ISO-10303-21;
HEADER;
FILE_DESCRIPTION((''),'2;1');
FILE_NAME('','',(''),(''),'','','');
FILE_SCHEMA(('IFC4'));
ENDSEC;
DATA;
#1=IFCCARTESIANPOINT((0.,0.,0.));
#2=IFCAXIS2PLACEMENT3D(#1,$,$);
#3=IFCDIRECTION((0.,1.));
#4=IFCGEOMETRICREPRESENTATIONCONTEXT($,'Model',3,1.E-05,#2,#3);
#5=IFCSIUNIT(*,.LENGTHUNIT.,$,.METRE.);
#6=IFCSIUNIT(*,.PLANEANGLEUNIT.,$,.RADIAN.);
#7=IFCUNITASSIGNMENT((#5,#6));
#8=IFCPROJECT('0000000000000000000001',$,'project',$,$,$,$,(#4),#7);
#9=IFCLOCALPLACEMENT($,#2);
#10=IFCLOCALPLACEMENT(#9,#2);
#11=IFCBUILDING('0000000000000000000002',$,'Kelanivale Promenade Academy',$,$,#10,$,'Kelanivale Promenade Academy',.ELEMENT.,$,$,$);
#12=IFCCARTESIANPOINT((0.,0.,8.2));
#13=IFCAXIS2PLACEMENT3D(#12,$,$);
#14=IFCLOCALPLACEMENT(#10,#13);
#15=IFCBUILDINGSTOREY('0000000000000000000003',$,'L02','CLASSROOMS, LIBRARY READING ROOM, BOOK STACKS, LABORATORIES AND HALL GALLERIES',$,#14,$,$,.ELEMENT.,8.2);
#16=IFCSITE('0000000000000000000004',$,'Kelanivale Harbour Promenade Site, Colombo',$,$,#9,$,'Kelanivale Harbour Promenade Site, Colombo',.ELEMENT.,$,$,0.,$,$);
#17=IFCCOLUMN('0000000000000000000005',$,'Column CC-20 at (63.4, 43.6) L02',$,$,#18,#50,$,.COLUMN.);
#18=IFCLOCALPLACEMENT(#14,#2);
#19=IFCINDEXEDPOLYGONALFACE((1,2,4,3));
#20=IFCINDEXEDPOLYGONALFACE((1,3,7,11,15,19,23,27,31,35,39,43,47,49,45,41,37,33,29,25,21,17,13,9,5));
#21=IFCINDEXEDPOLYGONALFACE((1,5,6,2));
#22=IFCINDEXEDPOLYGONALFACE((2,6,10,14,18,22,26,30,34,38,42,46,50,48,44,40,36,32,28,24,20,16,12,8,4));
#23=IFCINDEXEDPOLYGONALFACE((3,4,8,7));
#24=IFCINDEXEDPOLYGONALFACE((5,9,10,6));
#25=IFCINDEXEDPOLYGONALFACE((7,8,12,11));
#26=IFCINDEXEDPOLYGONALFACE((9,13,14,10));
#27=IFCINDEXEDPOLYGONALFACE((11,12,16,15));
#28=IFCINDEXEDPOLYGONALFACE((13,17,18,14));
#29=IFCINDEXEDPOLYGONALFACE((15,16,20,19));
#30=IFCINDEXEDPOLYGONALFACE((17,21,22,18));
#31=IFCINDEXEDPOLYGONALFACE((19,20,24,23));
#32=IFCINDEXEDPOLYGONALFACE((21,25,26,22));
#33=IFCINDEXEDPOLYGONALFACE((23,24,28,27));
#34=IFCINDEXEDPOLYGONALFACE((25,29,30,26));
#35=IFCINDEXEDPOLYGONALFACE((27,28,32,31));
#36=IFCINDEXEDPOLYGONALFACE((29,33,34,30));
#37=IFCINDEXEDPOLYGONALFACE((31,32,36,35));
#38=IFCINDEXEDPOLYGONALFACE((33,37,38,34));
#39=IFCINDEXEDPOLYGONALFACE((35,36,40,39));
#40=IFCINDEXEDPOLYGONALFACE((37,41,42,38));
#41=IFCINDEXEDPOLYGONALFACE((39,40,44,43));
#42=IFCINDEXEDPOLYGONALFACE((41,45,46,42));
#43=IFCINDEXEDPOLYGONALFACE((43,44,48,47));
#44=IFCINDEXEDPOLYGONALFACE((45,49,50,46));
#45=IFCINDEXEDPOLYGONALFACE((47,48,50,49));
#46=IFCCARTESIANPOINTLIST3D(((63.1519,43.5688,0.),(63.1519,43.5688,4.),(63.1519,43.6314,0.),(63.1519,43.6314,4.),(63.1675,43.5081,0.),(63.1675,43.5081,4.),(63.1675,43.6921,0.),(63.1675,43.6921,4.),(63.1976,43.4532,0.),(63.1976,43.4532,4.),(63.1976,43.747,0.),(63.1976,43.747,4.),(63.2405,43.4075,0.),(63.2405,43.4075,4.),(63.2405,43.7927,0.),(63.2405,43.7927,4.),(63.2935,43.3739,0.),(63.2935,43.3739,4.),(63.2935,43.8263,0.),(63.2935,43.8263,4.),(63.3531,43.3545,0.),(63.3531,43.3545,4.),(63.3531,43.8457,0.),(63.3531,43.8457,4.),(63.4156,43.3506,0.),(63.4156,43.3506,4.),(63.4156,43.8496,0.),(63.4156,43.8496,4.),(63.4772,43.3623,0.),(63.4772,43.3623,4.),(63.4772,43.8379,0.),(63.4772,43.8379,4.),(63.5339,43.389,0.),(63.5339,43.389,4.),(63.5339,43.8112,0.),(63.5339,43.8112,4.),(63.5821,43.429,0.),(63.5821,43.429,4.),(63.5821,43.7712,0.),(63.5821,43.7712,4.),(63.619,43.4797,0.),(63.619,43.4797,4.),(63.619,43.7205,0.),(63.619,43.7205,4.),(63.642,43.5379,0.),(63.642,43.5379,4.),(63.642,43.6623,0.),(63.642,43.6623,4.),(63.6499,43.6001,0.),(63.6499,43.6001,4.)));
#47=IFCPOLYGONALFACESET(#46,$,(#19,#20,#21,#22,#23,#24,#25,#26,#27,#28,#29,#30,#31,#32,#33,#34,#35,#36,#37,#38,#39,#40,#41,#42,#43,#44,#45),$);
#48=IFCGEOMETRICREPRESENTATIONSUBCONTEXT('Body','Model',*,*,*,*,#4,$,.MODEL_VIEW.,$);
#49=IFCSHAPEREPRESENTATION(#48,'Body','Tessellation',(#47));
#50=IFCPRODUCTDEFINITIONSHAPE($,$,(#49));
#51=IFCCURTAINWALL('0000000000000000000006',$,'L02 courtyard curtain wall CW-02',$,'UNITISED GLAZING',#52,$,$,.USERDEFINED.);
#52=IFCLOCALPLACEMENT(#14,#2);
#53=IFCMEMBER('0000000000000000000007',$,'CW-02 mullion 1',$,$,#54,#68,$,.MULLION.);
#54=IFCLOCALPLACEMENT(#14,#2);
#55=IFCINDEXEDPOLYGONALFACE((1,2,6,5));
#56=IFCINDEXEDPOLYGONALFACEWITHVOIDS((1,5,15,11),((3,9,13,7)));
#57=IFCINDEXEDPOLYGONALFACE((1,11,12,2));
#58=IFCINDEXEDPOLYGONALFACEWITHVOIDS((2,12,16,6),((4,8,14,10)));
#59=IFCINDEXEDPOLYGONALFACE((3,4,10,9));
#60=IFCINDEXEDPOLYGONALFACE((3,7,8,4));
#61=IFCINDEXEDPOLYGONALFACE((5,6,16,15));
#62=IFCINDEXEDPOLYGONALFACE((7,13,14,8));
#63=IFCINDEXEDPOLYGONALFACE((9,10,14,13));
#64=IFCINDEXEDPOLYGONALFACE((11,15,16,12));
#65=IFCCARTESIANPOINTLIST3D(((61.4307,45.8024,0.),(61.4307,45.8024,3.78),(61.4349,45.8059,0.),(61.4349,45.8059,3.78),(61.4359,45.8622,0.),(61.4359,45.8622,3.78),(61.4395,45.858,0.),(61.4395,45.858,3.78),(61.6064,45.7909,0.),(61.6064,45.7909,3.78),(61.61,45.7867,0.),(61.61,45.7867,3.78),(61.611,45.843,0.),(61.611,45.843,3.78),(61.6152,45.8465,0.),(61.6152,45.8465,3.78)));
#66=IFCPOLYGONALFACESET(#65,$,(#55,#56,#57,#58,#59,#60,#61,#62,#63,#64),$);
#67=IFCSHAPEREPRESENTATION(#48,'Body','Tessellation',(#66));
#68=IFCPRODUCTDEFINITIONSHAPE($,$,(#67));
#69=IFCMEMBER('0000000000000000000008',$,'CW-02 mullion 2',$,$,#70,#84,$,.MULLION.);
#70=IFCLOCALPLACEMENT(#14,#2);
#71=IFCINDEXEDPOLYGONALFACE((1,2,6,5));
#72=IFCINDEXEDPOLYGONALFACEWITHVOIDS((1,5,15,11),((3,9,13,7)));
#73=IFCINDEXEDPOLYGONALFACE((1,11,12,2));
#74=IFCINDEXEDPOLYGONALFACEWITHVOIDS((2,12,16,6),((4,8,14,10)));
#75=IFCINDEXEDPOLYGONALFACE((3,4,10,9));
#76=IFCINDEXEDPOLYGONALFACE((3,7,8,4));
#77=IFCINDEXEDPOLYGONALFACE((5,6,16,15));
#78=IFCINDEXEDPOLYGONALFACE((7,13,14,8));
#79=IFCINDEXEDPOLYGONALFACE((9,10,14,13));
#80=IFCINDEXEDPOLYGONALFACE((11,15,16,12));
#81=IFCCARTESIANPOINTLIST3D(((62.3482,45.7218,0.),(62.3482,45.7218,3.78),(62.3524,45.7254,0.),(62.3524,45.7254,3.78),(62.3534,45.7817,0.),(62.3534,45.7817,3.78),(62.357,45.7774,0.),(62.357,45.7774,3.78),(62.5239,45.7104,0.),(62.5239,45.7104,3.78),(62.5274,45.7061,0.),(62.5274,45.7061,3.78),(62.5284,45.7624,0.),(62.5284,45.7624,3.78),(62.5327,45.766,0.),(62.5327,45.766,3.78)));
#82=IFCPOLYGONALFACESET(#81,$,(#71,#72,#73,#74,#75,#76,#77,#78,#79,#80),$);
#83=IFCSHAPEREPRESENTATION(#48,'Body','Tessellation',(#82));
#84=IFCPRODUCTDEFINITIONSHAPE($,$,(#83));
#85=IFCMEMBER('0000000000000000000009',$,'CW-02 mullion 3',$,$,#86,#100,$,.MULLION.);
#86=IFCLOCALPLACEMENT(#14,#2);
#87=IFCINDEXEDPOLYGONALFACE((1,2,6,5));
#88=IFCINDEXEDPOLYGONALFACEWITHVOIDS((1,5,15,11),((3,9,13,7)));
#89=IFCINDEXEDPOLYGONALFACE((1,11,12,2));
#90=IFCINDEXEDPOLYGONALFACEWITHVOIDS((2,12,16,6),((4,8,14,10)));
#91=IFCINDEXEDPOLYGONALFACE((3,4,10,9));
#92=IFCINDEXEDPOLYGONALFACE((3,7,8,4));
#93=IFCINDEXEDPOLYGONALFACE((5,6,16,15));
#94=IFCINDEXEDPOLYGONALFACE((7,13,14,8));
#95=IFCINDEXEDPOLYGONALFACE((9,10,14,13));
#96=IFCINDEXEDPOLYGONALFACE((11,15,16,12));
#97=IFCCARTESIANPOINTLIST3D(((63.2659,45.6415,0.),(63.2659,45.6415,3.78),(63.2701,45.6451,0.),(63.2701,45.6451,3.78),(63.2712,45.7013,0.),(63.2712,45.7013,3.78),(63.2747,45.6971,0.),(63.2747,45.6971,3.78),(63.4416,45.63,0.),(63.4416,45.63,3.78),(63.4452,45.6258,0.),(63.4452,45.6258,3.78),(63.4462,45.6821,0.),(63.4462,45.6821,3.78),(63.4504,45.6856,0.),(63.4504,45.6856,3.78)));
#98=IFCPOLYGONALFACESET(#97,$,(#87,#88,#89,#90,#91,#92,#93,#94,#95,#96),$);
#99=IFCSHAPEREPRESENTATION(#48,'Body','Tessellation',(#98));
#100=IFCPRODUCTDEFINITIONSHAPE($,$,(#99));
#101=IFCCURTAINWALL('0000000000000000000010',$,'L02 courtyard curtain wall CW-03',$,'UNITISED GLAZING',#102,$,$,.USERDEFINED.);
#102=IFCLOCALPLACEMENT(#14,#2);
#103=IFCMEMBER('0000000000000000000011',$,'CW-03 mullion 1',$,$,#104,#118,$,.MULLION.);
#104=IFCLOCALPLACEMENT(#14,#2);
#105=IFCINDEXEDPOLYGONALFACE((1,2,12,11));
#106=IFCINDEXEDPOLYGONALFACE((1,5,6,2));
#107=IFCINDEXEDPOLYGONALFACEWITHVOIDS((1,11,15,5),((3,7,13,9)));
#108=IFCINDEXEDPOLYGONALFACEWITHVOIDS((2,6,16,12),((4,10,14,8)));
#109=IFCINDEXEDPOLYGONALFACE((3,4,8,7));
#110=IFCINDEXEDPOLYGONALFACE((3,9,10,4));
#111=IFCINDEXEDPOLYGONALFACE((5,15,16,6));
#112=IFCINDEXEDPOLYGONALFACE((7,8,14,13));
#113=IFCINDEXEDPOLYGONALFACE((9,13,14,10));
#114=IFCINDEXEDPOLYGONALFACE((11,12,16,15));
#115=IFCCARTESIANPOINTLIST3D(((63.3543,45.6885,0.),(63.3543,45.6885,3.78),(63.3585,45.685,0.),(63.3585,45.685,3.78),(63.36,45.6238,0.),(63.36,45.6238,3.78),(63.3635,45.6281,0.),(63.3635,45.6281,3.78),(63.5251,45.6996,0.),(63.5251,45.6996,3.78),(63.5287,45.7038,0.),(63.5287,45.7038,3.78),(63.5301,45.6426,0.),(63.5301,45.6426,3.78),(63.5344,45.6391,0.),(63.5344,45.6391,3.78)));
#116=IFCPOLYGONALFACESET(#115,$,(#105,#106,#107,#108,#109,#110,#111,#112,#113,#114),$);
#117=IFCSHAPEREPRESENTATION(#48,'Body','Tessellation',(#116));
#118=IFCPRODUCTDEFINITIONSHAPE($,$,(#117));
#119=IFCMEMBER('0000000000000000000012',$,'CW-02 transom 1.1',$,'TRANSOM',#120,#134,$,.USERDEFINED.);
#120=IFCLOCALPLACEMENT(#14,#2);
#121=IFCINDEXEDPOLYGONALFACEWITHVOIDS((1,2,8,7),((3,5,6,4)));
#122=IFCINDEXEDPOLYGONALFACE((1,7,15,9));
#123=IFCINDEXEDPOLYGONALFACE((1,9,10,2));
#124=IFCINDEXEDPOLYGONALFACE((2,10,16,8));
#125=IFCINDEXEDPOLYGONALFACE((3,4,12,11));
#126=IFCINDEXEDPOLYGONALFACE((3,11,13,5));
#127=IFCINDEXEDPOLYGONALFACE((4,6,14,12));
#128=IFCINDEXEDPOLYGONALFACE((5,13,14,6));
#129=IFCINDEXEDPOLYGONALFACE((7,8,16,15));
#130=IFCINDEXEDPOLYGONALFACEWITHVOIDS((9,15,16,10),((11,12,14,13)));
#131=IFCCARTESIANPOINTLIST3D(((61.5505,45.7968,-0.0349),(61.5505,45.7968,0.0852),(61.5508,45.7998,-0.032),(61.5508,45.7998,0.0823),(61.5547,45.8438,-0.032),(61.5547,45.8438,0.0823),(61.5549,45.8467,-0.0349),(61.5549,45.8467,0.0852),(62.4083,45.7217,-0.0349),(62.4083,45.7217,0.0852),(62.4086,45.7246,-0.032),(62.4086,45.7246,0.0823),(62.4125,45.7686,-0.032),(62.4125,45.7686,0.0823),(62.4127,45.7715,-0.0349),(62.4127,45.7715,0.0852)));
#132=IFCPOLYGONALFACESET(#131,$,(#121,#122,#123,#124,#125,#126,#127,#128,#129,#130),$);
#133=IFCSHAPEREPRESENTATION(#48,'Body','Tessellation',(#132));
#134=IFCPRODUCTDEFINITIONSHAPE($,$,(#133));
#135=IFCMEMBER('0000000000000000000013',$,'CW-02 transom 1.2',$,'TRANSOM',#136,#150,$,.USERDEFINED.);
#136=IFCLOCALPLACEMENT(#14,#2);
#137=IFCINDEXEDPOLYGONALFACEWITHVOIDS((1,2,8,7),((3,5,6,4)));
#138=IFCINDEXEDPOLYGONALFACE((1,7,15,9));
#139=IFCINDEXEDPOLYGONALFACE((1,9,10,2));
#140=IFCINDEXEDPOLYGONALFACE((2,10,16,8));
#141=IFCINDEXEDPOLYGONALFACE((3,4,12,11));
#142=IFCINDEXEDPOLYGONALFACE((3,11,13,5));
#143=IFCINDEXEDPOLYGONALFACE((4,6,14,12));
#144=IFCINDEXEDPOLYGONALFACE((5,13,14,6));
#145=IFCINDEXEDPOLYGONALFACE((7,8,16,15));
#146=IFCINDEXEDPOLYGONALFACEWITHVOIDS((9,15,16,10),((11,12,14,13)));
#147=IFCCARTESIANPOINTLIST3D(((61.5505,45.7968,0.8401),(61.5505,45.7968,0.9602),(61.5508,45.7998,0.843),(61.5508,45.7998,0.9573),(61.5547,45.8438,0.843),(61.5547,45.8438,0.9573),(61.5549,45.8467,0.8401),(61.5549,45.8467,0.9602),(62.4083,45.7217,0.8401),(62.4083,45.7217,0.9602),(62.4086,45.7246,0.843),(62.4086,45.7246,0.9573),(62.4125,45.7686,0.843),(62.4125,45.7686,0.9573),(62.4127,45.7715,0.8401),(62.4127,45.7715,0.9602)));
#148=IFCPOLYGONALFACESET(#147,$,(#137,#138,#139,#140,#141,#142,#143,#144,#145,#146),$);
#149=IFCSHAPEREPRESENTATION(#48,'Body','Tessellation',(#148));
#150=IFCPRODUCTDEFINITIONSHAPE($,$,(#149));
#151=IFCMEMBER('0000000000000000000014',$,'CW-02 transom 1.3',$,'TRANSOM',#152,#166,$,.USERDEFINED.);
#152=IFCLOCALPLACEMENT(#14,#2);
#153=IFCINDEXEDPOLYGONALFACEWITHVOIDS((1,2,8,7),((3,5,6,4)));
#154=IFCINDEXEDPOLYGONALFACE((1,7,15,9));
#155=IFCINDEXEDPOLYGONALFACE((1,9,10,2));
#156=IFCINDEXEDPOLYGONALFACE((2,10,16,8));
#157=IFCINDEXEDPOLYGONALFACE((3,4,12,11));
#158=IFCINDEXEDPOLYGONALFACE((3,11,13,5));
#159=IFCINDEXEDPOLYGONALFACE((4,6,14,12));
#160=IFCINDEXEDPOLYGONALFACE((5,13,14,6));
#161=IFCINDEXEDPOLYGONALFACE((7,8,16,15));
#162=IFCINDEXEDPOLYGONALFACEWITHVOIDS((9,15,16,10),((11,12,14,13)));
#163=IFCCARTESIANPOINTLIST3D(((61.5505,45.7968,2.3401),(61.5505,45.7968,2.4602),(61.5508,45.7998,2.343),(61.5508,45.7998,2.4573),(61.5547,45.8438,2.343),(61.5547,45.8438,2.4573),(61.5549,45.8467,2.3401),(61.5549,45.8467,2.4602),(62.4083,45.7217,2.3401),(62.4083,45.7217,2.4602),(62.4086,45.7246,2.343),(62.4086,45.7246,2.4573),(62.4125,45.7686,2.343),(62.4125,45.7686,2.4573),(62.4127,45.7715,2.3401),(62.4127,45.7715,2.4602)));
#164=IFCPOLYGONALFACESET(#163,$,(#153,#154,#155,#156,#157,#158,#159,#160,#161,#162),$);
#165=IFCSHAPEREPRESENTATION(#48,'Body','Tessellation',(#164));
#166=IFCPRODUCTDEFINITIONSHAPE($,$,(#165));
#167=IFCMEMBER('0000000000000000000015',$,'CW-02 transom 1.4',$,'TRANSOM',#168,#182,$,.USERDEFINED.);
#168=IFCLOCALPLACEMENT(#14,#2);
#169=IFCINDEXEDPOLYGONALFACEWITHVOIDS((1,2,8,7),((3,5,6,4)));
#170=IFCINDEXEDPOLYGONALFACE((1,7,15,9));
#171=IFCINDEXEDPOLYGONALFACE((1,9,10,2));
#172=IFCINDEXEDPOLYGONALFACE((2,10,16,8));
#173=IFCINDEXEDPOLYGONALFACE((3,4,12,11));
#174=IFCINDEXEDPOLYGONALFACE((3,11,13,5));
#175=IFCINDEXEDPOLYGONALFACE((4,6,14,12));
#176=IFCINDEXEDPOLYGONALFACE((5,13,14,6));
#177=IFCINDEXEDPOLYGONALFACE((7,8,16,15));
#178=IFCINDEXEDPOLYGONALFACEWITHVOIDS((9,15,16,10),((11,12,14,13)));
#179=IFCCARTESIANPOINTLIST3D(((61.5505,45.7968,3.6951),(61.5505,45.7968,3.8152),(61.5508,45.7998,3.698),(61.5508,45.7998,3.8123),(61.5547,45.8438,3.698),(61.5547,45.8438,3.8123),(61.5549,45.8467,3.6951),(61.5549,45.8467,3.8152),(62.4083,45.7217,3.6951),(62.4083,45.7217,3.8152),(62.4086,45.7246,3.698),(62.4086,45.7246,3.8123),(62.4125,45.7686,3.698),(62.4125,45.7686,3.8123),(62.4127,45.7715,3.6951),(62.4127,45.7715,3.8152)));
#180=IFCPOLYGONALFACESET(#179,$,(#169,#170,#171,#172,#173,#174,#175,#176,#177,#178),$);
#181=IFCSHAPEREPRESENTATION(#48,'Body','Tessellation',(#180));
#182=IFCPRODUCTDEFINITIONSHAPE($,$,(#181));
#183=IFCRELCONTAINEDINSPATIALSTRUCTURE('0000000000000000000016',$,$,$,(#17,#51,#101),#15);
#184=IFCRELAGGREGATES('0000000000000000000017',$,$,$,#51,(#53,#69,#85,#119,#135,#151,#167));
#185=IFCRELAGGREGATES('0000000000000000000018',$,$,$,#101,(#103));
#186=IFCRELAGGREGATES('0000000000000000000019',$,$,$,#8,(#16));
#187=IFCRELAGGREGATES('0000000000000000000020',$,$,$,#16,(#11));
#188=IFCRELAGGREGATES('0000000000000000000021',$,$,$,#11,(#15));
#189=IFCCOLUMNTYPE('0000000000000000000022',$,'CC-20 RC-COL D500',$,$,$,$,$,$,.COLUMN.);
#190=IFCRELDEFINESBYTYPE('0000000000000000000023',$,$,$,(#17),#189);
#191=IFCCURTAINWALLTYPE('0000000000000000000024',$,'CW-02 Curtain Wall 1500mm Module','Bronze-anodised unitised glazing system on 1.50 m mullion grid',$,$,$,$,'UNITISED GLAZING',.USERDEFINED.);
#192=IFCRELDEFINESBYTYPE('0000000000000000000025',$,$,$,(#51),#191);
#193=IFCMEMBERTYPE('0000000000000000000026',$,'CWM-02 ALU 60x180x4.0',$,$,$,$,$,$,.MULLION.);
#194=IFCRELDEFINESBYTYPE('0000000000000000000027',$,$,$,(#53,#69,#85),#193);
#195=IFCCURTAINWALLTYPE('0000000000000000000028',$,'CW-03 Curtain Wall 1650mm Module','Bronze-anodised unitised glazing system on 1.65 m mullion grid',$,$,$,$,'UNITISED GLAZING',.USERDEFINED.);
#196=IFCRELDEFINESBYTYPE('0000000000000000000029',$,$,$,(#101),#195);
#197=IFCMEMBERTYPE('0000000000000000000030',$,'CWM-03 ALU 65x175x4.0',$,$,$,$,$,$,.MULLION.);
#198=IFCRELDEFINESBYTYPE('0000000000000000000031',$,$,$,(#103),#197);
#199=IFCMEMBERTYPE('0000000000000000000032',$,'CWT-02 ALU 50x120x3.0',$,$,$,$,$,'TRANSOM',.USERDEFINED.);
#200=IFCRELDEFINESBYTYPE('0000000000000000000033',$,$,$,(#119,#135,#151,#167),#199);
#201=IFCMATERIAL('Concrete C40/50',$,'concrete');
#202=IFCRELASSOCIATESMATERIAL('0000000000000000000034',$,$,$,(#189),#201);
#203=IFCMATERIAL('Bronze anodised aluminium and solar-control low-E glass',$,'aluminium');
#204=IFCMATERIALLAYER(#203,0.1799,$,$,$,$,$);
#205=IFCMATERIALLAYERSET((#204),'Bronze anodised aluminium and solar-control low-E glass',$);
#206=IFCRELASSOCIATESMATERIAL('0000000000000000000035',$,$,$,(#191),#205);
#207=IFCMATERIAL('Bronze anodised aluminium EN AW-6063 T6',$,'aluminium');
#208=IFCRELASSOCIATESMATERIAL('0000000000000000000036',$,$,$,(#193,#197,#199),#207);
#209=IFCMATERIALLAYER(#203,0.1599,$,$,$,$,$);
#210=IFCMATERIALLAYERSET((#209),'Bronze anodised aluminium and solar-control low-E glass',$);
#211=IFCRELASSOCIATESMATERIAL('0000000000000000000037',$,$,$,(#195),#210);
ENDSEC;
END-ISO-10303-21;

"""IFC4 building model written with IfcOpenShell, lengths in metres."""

from ifc_helpers import new_model, si_unit, direction, frame, origin, origin_2d, place, context, subcontext, project, spatial, hollow_rectangle, circle, extrude, material, layer, layer_set, material_profile, profile_set, type_object, element, aggregate, save


model = new_model("IFC4")

# Units and contexts
model_context = context("Model", 3, precision=1e-05, world=origin(), true_north=direction((0.0, 1.0)))
body_context = subcontext(model_context, "Body", "Model", "MODEL_VIEW")
ifc_project = project(units=[si_unit("LENGTHUNIT", "METRE"), si_unit("PLANEANGLEUNIT", "RADIAN")], contexts=[model_context])

# Site, building, storey
site_placement = place(None, origin())
site = spatial("IfcSite", under=ifc_project, at=site_placement, Name="Kelanivale Harbour Promenade Site, Colombo", LongName="Kelanivale Harbour Promenade Site, Colombo", CompositionType="ELEMENT", RefElevation=0.0)
building_placement = place(site_placement, origin())
building = spatial("IfcBuilding", under=site, at=building_placement, Name="Kelanivale Promenade Academy", LongName="Kelanivale Promenade Academy", CompositionType="ELEMENT")
storey_placement = place(building_placement, frame((0.0, 0.0, 8.2)))
storey = spatial("IfcBuildingStorey", under=building, at=storey_placement, Name="L02", Description="CLASSROOMS, LIBRARY READING ROOM, BOOK STACKS, LABORATORIES AND HALL GALLERIES", CompositionType="ELEMENT", Elevation=8.2)

# Column
ifc_material_1 = material(Name="Concrete C40/50", Category="concrete")
ifc_material_profile_1 = material_profile(ifc_material_1, circle(Radius=0.25, at=origin_2d()), Name="RC-COL D500")
ifc_profile_set_1 = profile_set([ifc_material_profile_1], Name="Concrete C40/50")
column_type = type_object("IfcColumnType", Name="CC-20 RC-COL D500", PredefinedType="COLUMN", material=ifc_profile_set_1)
column_placement = place(storey_placement, frame((63.3999, 43.6001, 0.0), z_axis=(0.0, 0.0, 1.0), x_axis=(1.0, 0.0, 0.0)))
element("IfcColumn", 1, at=column_placement, inside=storey, type_object=column_type, Name="Column CC-20 at (63.4, 43.6) L02", PredefinedType="COLUMN", context=body_context, shape_type="SweptSolid", body=[
    extrude(circle(Radius=0.25, at=origin_2d()), origin(), (0.0, 0.0, 1.0), 4.0),
])

# Curtain wall, members
ifc_material_2 = material(Name="Bronze anodised aluminium and solar-control low-E glass", Category="aluminium")
ifc_layer_1 = layer(ifc_material_2, 0.1799)
ifc_layer_set_1 = layer_set([ifc_layer_1], Name="Bronze anodised aluminium and solar-control low-E glass")
curtain_wall_type_1 = type_object("IfcCurtainWallType", Name="CW-02 Curtain Wall 1500mm Module", Description="Bronze-anodised unitised glazing system on 1.50 m mullion grid", ElementType="UNITISED GLAZING", PredefinedType="USERDEFINED", material=ifc_layer_set_1)
curtain_wall_1_placement = place(storey_placement, origin())
curtain_wall_1 = element("IfcCurtainWall", 2, at=curtain_wall_1_placement, inside=storey, type_object=curtain_wall_type_1, Name="L02 courtyard curtain wall CW-02", ObjectType="UNITISED GLAZING", PredefinedType="USERDEFINED")
ifc_material_3 = material(Name="Bronze anodised aluminium EN AW-6063 T6", Category="aluminium")
ifc_material_profile_2 = material_profile(ifc_material_3, hollow_rectangle(XDim=0.0601, YDim=0.1799, WallThickness=0.0039, at=origin_2d()), Name="ALU 60x180x4.0")
ifc_profile_set_2 = profile_set([ifc_material_profile_2], Name="Bronze anodised aluminium EN AW-6063 T6")
member_type_1 = type_object("IfcMemberType", Name="CWM-02 ALU 60x180x4.0", PredefinedType="MULLION", material=ifc_profile_set_2)
member_1_placement = place(storey_placement, frame((61.5229, 45.8245, 0.0), z_axis=(0.0, 0.0, 1.0), x_axis=(0.087265, 0.996185, 0.0)))
member_1 = element("IfcMember", 3, at=member_1_placement, type_object=member_type_1, Name="CW-02 mullion 1", PredefinedType="MULLION", context=body_context, shape_type="SweptSolid", body=[
    extrude(hollow_rectangle(XDim=0.0601, YDim=0.1799, WallThickness=0.0039, at=origin_2d()), origin(), (0.0, 0.0, 1.0), 3.78),
])
member_2_placement = place(storey_placement, frame((62.4404, 45.7439, 0.0), z_axis=(0.0, 0.0, 1.0), x_axis=(0.087265, 0.996185, 0.0)))
member_2 = element("IfcMember", 4, at=member_2_placement, type_object=member_type_1, Name="CW-02 mullion 2", PredefinedType="MULLION", context=body_context, shape_type="SweptSolid", body=[
    extrude(hollow_rectangle(XDim=0.0601, YDim=0.1799, WallThickness=0.0039, at=origin_2d()), origin(), (0.0, 0.0, 1.0), 3.78),
])
member_3_placement = place(storey_placement, frame((63.3582, 45.6636, 0.0), z_axis=(0.0, 0.0, 1.0), x_axis=(0.087265, 0.996185, 0.0)))
member_3 = element("IfcMember", 5, at=member_3_placement, type_object=member_type_1, Name="CW-02 mullion 3", PredefinedType="MULLION", context=body_context, shape_type="SweptSolid", body=[
    extrude(hollow_rectangle(XDim=0.0601, YDim=0.1799, WallThickness=0.0039, at=origin_2d()), origin(), (0.0, 0.0, 1.0), 3.78),
])

# Curtain wall, member
ifc_layer_2 = layer(ifc_material_2, 0.1599)
ifc_layer_set_2 = layer_set([ifc_layer_2], Name="Bronze anodised aluminium and solar-control low-E glass")
curtain_wall_type_2 = type_object("IfcCurtainWallType", Name="CW-03 Curtain Wall 1650mm Module", Description="Bronze-anodised unitised glazing system on 1.65 m mullion grid", ElementType="UNITISED GLAZING", PredefinedType="USERDEFINED", material=ifc_layer_set_2)
curtain_wall_2_placement = place(storey_placement, origin())
curtain_wall_2 = element("IfcCurtainWall", 6, at=curtain_wall_2_placement, inside=storey, type_object=curtain_wall_type_2, Name="L02 courtyard curtain wall CW-03", ObjectType="UNITISED GLAZING", PredefinedType="USERDEFINED")
ifc_material_profile_3 = material_profile(ifc_material_3, hollow_rectangle(XDim=0.0649, YDim=0.175, WallThickness=0.0039, at=origin_2d()), Name="ALU 65x175x4.0")
ifc_profile_set_3 = profile_set([ifc_material_profile_3], Name="Bronze anodised aluminium EN AW-6063 T6")
member_type_2 = type_object("IfcMemberType", Name="CWM-03 ALU 65x175x4.0", PredefinedType="MULLION", material=ifc_profile_set_3)
member_4_placement = place(storey_placement, frame((63.4443, 45.6638, 0.0), z_axis=(0.0, 0.0, 1.0), x_axis=(-0.087102, 0.996199, 0.0)))
member_4 = element("IfcMember", 7, at=member_4_placement, type_object=member_type_2, Name="CW-03 mullion 1", PredefinedType="MULLION", context=body_context, shape_type="SweptSolid", body=[
    extrude(hollow_rectangle(XDim=0.0649, YDim=0.175, WallThickness=0.0039, at=origin_2d()), origin(), (0.0, 0.0, 1.0), 3.78),
])

# Members
ifc_material_profile_4 = material_profile(ifc_material_3, hollow_rectangle(XDim=0.05, YDim=0.1201, WallThickness=0.0029, at=origin_2d()), Name="ALU 50x120x3.0")
ifc_profile_set_4 = profile_set([ifc_material_profile_4], Name="Bronze anodised aluminium EN AW-6063 T6")
member_type_3 = type_object("IfcMemberType", Name="CWT-02 ALU 50x120x3.0", ElementType="TRANSOM", PredefinedType="USERDEFINED", material=ifc_profile_set_4)
member_5_placement = place(storey_placement, frame((61.5527, 45.8218, 0.0251), z_axis=(0.996181, -0.087315, 0.0), x_axis=(0.087315, 0.996181, 0.0)))
member_5 = element("IfcMember", 8, at=member_5_placement, type_object=member_type_3, Name="CW-02 transom 1.1", ObjectType="TRANSOM", PredefinedType="USERDEFINED", context=body_context, shape_type="SweptSolid", body=[
    extrude(hollow_rectangle(XDim=0.05, YDim=0.1201, WallThickness=0.0029, at=origin_2d()), origin(), (0.0, 0.0, 1.0), 0.8611),
])
member_6_placement = place(storey_placement, frame((61.5527, 45.8218, 0.9001), z_axis=(0.996181, -0.087315, 0.0), x_axis=(0.087315, 0.996181, 0.0)))
member_6 = element("IfcMember", 9, at=member_6_placement, type_object=member_type_3, Name="CW-02 transom 1.2", ObjectType="TRANSOM", PredefinedType="USERDEFINED", context=body_context, shape_type="SweptSolid", body=[
    extrude(hollow_rectangle(XDim=0.05, YDim=0.1201, WallThickness=0.0029, at=origin_2d()), origin(), (0.0, 0.0, 1.0), 0.8611),
])
member_7_placement = place(storey_placement, frame((61.5527, 45.8218, 2.4001), z_axis=(0.996181, -0.087315, 0.0), x_axis=(0.087315, 0.996181, 0.0)))
member_7 = element("IfcMember", 10, at=member_7_placement, type_object=member_type_3, Name="CW-02 transom 1.3", ObjectType="TRANSOM", PredefinedType="USERDEFINED", context=body_context, shape_type="SweptSolid", body=[
    extrude(hollow_rectangle(XDim=0.05, YDim=0.1201, WallThickness=0.0029, at=origin_2d()), origin(), (0.0, 0.0, 1.0), 0.8611),
])
member_8_placement = place(storey_placement, frame((61.5527, 45.8218, 3.7551), z_axis=(0.996181, -0.087315, 0.0), x_axis=(0.087315, 0.996181, 0.0)))
member_8 = element("IfcMember", 11, at=member_8_placement, type_object=member_type_3, Name="CW-02 transom 1.4", ObjectType="TRANSOM", PredefinedType="USERDEFINED", context=body_context, shape_type="SweptSolid", body=[
    extrude(hollow_rectangle(XDim=0.05, YDim=0.1201, WallThickness=0.0029, at=origin_2d()), origin(), (0.0, 0.0, 1.0), 0.8611),
])

aggregate(curtain_wall_1, [member_1, member_2, member_3, member_5, member_6, member_7, member_8])
aggregate(curtain_wall_2, [member_4])

save(model, "model.ifc")
